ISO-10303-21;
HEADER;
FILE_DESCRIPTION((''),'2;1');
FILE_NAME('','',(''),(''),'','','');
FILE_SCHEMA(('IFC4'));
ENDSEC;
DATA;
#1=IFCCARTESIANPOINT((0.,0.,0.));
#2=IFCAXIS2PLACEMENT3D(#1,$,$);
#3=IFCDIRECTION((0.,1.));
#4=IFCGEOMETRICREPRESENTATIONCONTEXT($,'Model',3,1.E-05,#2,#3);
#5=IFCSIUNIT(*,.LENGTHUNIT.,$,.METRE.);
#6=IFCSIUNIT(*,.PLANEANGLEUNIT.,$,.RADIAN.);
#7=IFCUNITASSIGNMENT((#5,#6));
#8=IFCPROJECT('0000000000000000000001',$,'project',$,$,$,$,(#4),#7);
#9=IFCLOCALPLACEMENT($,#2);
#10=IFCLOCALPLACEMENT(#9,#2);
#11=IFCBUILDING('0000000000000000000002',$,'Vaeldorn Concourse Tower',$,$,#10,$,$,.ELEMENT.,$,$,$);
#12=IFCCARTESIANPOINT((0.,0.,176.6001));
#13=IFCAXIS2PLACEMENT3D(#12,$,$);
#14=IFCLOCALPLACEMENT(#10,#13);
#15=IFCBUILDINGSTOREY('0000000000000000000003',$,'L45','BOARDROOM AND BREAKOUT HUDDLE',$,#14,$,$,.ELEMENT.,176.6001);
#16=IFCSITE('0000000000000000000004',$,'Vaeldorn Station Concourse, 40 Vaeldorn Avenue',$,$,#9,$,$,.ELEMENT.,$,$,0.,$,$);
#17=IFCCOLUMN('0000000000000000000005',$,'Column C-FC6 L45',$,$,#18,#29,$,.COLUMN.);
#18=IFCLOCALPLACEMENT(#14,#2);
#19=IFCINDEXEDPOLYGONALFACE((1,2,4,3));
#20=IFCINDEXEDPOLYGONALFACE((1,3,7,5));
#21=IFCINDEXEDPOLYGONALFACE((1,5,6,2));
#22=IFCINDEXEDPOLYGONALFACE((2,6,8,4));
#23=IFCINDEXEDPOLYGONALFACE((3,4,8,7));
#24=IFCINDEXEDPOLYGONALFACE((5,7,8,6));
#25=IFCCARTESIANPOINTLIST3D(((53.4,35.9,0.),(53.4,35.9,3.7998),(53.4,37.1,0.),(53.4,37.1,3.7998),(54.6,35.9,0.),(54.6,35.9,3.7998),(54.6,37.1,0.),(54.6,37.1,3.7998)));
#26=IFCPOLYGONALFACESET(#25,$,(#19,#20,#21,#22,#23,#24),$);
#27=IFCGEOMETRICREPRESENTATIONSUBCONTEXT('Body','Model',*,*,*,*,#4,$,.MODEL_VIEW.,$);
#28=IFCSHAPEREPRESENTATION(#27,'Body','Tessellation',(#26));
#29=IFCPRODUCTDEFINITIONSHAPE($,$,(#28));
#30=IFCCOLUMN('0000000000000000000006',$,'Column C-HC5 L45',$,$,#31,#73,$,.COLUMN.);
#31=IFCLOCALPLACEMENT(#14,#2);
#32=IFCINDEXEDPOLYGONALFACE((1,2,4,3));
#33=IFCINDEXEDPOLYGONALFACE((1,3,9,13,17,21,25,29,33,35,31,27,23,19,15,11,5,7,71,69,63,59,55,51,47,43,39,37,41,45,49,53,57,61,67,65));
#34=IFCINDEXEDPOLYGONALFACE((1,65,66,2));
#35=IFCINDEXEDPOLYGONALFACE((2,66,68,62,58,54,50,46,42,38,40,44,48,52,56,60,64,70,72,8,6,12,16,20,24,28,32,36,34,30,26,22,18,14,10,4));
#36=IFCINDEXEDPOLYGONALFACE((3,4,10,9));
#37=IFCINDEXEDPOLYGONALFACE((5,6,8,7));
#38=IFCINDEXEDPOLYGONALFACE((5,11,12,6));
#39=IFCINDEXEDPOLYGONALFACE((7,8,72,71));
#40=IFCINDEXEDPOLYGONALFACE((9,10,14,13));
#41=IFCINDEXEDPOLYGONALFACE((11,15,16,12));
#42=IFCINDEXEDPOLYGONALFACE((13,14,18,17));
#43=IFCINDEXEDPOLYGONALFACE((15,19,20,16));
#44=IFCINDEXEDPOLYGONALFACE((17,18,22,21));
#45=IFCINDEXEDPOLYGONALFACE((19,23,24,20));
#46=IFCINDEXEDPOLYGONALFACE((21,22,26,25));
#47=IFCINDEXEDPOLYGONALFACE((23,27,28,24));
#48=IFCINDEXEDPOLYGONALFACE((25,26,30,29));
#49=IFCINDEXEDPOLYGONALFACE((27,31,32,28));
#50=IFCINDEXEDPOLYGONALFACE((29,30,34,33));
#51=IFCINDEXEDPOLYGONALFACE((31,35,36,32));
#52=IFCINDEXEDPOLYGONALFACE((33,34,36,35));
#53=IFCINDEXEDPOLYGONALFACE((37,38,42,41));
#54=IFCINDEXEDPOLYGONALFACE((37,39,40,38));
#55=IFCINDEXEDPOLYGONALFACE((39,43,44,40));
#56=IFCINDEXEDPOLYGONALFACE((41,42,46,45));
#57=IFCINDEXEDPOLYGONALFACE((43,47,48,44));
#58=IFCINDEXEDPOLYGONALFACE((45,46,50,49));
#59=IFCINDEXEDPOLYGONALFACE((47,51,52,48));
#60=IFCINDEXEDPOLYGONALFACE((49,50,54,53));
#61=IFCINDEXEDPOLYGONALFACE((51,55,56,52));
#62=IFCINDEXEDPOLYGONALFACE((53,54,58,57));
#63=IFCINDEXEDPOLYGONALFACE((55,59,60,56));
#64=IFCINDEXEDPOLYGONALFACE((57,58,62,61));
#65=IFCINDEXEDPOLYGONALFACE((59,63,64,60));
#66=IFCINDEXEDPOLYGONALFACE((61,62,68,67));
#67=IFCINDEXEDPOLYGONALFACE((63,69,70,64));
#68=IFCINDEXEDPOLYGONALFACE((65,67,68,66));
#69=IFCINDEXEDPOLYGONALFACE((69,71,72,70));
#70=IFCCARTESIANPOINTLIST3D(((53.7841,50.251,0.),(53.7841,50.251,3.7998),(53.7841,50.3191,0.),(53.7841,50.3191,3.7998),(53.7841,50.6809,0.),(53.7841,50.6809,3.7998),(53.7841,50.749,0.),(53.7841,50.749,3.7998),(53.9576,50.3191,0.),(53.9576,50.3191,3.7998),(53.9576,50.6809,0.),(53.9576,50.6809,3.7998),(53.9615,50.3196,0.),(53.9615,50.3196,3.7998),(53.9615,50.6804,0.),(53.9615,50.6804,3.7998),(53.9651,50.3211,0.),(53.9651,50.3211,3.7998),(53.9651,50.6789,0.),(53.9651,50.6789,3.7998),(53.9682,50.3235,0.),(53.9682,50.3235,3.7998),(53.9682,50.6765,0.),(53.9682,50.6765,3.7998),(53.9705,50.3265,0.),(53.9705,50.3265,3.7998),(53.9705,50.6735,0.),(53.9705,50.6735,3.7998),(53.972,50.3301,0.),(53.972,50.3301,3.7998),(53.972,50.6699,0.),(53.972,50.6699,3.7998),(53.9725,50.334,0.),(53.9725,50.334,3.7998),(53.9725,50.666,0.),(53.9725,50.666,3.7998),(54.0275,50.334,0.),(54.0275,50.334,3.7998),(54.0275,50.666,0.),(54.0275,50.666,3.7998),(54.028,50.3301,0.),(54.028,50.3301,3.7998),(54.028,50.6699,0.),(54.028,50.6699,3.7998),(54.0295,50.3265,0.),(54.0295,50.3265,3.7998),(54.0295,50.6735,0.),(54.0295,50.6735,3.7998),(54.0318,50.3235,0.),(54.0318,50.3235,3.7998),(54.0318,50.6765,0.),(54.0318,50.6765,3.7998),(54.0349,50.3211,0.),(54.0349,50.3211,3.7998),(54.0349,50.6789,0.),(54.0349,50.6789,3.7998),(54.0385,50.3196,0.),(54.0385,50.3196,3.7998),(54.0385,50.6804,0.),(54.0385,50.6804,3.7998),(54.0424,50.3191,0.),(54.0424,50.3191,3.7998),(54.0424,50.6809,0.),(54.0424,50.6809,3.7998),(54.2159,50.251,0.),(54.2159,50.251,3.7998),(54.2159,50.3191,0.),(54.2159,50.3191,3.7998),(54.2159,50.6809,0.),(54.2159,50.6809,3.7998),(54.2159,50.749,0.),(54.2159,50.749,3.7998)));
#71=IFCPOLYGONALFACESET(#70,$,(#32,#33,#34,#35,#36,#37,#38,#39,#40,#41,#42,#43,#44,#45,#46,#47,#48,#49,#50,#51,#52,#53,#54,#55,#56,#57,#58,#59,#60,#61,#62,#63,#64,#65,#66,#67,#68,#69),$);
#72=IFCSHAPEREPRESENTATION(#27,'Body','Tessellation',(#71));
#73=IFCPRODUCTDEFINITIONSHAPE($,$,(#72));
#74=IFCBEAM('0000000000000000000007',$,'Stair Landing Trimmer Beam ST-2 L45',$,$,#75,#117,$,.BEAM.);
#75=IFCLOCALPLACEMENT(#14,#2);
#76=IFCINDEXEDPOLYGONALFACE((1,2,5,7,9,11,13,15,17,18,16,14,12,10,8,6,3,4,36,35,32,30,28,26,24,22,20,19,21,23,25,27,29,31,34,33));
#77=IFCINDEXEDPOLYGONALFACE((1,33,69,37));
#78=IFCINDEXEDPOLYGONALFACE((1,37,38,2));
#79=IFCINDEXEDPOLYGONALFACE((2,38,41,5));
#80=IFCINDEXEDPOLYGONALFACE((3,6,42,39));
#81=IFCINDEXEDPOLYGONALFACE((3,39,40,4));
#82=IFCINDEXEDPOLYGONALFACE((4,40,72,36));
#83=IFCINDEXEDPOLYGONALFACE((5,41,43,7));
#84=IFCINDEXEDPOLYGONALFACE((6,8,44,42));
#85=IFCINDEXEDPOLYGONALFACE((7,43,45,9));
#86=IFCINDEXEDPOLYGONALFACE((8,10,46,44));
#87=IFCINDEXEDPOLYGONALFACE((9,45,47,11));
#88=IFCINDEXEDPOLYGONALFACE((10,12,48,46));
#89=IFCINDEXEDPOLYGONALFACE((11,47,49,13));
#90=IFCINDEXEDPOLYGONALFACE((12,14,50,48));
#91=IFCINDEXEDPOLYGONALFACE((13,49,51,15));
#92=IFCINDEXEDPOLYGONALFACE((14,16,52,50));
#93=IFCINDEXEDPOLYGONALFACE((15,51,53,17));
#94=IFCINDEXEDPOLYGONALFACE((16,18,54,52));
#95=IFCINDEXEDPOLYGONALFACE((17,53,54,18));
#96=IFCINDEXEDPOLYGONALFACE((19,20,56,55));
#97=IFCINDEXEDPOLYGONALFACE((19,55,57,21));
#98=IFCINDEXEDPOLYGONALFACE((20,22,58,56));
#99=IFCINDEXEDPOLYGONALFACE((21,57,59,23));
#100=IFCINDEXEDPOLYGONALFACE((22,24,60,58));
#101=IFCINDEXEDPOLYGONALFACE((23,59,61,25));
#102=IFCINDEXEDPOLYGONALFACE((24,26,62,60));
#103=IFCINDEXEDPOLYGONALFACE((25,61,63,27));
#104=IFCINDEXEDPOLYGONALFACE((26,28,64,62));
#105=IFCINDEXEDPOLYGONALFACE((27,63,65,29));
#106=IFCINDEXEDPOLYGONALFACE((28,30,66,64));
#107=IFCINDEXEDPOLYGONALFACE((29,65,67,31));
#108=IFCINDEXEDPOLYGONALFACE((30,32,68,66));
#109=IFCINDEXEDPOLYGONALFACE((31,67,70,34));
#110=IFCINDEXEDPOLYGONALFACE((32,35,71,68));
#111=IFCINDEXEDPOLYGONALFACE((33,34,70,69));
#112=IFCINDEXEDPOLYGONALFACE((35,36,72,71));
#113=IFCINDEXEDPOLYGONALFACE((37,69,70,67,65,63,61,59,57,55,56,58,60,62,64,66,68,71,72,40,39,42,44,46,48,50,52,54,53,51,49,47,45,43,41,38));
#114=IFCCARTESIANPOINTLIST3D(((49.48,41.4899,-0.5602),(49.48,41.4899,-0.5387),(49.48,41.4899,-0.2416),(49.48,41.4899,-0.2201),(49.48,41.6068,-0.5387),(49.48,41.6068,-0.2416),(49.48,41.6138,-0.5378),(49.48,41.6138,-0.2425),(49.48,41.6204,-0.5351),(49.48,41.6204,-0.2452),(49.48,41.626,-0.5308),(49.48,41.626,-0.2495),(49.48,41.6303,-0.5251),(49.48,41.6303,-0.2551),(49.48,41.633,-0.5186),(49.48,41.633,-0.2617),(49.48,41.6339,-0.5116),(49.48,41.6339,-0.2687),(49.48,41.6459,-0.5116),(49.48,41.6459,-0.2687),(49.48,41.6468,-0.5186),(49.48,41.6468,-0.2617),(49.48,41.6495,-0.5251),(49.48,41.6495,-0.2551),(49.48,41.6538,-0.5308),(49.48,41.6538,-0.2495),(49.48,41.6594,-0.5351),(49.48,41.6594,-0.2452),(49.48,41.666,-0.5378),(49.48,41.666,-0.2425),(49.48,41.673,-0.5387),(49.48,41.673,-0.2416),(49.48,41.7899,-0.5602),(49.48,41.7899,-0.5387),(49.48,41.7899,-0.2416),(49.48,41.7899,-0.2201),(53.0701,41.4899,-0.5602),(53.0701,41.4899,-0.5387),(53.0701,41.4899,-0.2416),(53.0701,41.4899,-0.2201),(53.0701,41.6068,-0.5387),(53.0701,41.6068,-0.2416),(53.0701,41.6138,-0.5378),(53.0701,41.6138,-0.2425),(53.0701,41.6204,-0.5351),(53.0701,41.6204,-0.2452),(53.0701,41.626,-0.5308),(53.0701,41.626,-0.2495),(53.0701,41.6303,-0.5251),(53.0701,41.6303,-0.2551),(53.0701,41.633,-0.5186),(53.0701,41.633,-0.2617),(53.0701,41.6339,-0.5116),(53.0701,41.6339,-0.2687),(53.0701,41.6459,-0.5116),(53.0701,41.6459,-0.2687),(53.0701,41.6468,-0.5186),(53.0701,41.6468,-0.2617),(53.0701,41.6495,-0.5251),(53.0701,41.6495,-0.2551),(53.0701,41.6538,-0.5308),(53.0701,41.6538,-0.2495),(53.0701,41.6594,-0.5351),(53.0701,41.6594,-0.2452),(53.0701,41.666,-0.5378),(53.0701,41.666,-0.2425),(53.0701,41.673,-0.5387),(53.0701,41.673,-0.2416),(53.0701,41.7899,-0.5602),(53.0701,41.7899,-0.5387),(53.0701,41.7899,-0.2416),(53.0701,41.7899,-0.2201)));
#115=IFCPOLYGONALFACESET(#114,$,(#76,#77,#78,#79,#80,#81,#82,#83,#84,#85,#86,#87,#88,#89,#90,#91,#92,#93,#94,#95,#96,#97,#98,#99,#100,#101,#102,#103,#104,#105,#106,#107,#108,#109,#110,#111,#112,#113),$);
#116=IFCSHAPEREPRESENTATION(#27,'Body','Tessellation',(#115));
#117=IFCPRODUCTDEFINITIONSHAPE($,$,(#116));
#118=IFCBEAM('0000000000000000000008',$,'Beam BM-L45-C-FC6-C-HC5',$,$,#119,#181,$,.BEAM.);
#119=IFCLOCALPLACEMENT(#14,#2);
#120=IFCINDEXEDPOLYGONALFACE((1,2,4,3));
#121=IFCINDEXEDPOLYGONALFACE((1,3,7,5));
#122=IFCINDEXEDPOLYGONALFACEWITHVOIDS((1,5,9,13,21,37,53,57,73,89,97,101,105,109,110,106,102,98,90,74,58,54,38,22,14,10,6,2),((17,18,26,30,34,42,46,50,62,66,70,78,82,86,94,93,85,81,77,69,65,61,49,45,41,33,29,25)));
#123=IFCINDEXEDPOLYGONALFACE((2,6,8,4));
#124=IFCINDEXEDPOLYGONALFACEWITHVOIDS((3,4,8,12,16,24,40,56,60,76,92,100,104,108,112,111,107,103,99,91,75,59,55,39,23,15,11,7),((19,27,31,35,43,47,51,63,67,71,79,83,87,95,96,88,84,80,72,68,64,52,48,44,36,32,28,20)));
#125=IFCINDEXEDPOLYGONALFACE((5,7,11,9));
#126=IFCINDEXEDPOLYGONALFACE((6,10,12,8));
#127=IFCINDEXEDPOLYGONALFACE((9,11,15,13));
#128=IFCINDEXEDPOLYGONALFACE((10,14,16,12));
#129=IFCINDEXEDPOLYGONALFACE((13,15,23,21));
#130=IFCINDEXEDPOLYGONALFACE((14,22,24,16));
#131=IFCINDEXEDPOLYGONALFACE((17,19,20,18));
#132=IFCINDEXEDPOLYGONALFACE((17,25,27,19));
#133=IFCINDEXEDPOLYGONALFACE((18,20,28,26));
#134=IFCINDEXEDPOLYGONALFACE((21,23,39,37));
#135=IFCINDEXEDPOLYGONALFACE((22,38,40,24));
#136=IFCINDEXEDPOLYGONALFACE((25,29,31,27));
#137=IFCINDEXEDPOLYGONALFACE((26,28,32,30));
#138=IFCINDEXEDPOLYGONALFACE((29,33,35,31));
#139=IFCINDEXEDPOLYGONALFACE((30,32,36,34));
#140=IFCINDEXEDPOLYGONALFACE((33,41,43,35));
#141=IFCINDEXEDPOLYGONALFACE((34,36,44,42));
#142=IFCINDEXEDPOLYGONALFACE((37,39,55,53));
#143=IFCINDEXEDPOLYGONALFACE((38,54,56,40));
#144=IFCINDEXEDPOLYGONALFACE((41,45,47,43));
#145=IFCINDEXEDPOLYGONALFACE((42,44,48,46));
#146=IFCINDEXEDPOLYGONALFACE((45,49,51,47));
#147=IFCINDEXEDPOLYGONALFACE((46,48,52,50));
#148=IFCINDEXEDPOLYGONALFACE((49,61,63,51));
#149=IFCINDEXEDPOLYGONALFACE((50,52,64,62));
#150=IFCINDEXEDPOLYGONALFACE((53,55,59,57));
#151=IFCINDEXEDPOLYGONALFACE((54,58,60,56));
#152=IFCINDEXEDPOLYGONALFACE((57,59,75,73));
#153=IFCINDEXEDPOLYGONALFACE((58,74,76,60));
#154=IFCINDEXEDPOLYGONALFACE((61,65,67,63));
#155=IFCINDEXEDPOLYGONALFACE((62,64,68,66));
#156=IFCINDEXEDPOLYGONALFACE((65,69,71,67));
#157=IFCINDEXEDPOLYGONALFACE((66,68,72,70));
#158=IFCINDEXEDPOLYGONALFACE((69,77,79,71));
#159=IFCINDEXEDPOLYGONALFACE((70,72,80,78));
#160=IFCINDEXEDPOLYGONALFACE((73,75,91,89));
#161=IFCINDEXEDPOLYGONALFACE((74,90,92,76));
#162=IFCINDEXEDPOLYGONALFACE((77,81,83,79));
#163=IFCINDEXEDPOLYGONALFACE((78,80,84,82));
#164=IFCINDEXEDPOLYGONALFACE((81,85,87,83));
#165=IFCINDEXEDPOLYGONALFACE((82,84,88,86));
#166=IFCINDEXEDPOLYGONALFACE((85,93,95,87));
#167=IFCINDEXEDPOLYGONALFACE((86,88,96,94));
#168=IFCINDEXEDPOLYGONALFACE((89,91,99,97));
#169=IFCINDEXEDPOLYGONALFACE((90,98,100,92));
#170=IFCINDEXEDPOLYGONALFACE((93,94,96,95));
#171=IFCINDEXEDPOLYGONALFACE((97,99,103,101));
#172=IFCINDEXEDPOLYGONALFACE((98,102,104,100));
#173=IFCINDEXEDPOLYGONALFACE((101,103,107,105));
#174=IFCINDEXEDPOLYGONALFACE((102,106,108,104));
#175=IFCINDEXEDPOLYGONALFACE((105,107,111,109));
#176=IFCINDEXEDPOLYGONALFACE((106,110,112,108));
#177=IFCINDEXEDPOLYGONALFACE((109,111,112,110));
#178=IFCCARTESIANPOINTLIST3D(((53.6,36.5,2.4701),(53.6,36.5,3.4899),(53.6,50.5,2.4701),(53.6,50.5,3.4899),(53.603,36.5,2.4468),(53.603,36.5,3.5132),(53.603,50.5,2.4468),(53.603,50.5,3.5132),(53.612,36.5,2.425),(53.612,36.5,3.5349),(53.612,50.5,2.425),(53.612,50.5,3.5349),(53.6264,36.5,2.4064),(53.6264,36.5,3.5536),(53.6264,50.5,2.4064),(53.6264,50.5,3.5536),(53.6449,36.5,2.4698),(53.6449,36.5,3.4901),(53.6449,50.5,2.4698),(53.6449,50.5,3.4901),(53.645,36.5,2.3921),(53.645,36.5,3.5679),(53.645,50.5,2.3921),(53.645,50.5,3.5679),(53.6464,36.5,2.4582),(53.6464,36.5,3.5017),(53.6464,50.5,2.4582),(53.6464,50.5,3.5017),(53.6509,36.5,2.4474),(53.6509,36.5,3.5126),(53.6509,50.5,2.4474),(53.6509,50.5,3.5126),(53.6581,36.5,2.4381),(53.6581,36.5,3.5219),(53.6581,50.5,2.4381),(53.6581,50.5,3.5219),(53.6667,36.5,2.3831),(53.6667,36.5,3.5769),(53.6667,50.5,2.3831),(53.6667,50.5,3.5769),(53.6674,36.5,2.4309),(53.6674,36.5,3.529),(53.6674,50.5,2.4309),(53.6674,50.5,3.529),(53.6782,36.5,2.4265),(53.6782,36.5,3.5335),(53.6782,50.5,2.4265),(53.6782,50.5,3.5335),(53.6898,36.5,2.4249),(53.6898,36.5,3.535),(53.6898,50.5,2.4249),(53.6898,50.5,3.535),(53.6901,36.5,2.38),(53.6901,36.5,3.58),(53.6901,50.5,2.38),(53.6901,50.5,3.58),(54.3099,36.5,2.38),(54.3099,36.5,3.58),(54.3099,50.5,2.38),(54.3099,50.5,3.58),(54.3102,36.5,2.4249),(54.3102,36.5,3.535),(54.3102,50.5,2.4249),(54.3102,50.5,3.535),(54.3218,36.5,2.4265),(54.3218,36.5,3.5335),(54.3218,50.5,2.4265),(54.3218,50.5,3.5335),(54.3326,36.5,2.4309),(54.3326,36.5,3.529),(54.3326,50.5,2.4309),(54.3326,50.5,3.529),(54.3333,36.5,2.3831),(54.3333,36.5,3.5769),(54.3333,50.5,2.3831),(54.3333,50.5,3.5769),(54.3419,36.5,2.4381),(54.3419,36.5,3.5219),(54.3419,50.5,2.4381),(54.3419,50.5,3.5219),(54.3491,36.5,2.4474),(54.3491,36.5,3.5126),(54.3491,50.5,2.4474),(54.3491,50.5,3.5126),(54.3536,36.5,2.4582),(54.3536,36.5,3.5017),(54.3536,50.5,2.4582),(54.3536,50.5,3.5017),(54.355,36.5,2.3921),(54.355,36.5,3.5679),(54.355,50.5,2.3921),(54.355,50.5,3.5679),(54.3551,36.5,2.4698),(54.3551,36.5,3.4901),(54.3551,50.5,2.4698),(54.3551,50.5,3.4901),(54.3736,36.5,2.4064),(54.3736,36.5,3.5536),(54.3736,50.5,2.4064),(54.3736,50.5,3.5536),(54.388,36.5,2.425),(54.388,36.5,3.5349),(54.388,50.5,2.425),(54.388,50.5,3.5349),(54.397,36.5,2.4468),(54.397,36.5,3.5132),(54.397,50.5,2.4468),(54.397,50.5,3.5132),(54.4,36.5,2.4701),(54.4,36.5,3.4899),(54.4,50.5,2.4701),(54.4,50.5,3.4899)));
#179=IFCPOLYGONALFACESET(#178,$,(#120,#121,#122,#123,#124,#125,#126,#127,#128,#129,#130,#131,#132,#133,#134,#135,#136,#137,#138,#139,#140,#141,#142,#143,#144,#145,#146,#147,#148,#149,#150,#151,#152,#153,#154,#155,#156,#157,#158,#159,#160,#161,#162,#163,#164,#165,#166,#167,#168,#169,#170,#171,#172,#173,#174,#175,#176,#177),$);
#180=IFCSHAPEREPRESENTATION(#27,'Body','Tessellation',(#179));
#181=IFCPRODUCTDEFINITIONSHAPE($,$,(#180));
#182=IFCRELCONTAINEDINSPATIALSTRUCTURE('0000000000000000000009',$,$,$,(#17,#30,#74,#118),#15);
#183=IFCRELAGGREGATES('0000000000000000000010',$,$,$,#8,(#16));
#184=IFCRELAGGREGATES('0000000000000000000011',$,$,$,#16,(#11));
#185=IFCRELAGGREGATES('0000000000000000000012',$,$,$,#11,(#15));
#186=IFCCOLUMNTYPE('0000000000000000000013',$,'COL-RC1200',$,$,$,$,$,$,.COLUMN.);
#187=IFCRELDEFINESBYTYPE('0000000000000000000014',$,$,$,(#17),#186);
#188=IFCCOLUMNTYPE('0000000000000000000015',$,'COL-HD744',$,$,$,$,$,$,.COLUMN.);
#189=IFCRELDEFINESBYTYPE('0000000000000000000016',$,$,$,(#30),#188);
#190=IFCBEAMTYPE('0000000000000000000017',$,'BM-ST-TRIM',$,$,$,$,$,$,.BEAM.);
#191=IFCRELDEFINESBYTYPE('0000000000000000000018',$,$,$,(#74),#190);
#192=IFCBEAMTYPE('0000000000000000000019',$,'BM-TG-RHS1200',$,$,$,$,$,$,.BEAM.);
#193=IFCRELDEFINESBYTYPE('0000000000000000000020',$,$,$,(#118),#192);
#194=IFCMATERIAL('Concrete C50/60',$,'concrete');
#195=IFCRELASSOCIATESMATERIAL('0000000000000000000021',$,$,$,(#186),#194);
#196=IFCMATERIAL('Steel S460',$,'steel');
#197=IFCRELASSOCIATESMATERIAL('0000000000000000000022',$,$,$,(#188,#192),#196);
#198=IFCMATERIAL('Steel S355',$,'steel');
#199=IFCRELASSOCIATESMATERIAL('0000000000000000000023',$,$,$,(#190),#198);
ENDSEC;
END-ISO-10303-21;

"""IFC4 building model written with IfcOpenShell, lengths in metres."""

from ifc_helpers import new_model, si_unit, direction, frame, origin, origin_2d, place, context, subcontext, project, spatial, rectangle, hollow_rectangle, i_section, extrude, source, transform, mapped, material, material_profile, profile_set, type_object, element, save


model = new_model("IFC4")

# Units and contexts
model_context = context("Model", 3, precision=1e-05, world=origin(), true_north=direction((0.0, 1.0)))
body_context = subcontext(model_context, "Body", "Model", "MODEL_VIEW")
ifc_project = project(units=[si_unit("LENGTHUNIT", "METRE"), si_unit("PLANEANGLEUNIT", "RADIAN")], contexts=[model_context])

# Site, building, storey
site_placement = place(None, origin())
site = spatial("IfcSite", under=ifc_project, at=site_placement, Name="Vaeldorn Station Concourse, 40 Vaeldorn Avenue", CompositionType="ELEMENT", RefElevation=0.0)
building_placement = place(site_placement, origin())
building = spatial("IfcBuilding", under=site, at=building_placement, Name="Vaeldorn Concourse Tower", CompositionType="ELEMENT")
storey_placement = place(building_placement, frame((0.0, 0.0, 176.6001)))
storey = spatial("IfcBuildingStorey", under=building, at=storey_placement, Name="L45", Description="BOARDROOM AND BREAKOUT HUDDLE", CompositionType="ELEMENT", Elevation=176.6001)

# Columns
ifc_material_1 = material(Name="Concrete C50/60", Category="concrete")
ifc_material_profile_1 = material_profile(ifc_material_1, rectangle(XDim=1.2, YDim=1.2, at=origin_2d()), Name="RC 1200x1200")
ifc_profile_set_1 = profile_set([ifc_material_profile_1], Name="Concrete C50/60")
column_type_1 = type_object("IfcColumnType", Name="COL-RC1200", PredefinedType="COLUMN", material=ifc_profile_set_1)
shared_shape_1 = source(origin(), body_context, "Body", "SweptSolid", [
    extrude(rectangle(XDim=1.2, YDim=1.2, at=origin_2d()), origin(), (0.0, 0.0, 1.0), 3.7998),
])
column_1_placement = place(storey_placement, frame((54.0, 36.5, 0.0), z_axis=(0.0, 0.0, 1.0), x_axis=(1.0, 0.0, 0.0)))
element("IfcColumn", 1, at=column_1_placement, inside=storey, type_object=column_type_1, Name="Column C-FC6 L45", PredefinedType="COLUMN", context=body_context, shape_type="MappedRepresentation", body=[
    mapped(shared_shape_1, transform((0.0, 0.0, 0.0), scale=1.0)),
])
ifc_material_2 = material(Name="Steel S460", Category="steel")
ifc_material_profile_2 = material_profile(ifc_material_2, i_section(OverallWidth=0.4319, OverallDepth=0.498, WebThickness=0.0549, FlangeThickness=0.0681, FilletRadius=0.0149, at=origin_2d()), Name="HD 400x744")
ifc_profile_set_2 = profile_set([ifc_material_profile_2], Name="Steel S460")
column_type_2 = type_object("IfcColumnType", Name="COL-HD744", PredefinedType="COLUMN", material=ifc_profile_set_2)
shared_shape_2 = source(origin(), body_context, "Body", "SweptSolid", [
    extrude(i_section(OverallWidth=0.4319, OverallDepth=0.498, WebThickness=0.0549, FlangeThickness=0.0681, FilletRadius=0.0149, at=origin_2d()), origin(), (0.0, 0.0, 1.0), 3.7998),
])
column_2_placement = place(storey_placement, frame((54.0, 50.5, 0.0), z_axis=(0.0, 0.0, 1.0), x_axis=(1.0, 0.0, 0.0)))
element("IfcColumn", 2, at=column_2_placement, inside=storey, type_object=column_type_2, Name="Column C-HC5 L45", PredefinedType="COLUMN", context=body_context, shape_type="MappedRepresentation", body=[
    mapped(shared_shape_2, transform((0.0, 0.0, 0.0), scale=1.0)),
])

# Beams
ifc_material_3 = material(Name="Steel S355", Category="steel")
ifc_material_profile_3 = material_profile(ifc_material_3, i_section(OverallWidth=0.3, OverallDepth=0.3401, WebThickness=0.012, FlangeThickness=0.0215, FilletRadius=0.0271, at=origin_2d()), Name="HEB 340")
ifc_profile_set_3 = profile_set([ifc_material_profile_3], Name="Steel S355")
beam_type_1 = type_object("IfcBeamType", Name="BM-ST-TRIM", PredefinedType="BEAM", material=ifc_profile_set_3)
shared_shape_3 = source(origin(), body_context, "Body", "SweptSolid", [
    extrude(i_section(OverallWidth=0.3, OverallDepth=0.3401, WebThickness=0.012, FlangeThickness=0.0215, FilletRadius=0.0271, at=origin_2d()), origin(), (0.0, 0.0, 1.0), 3.5901),
])
beam_1_placement = place(storey_placement, frame((49.48, 41.6399, -0.3901), z_axis=(1.0, 0.0, 0.0), x_axis=(0.0, 1.0, 0.0)))
element("IfcBeam", 3, at=beam_1_placement, inside=storey, type_object=beam_type_1, Name="Stair Landing Trimmer Beam ST-2 L45", PredefinedType="BEAM", context=body_context, shape_type="MappedRepresentation", body=[
    mapped(shared_shape_3, transform((0.0, 0.0, 0.0), scale=1.0)),
])
ifc_material_profile_4 = material_profile(ifc_material_2, hollow_rectangle(XDim=0.8, YDim=1.2, WallThickness=0.0449, InnerFilletRadius=0.0449, OuterFilletRadius=0.0901, at=origin_2d()), Name="RHS 1200x800x45")
ifc_profile_set_4 = profile_set([ifc_material_profile_4], Name="Steel S460")
beam_type_2 = type_object("IfcBeamType", Name="BM-TG-RHS1200", PredefinedType="BEAM", material=ifc_profile_set_4)
shared_shape_4 = source(origin(), body_context, "Body", "SweptSolid", [
    extrude(hollow_rectangle(XDim=0.8, YDim=1.2, WallThickness=0.0449, InnerFilletRadius=0.0449, OuterFilletRadius=0.0901, at=origin_2d()), origin(), (0.0, 0.0, 1.0), 14.0),
])
beam_2_placement = place(storey_placement, frame((54.0, 36.5, 2.98), z_axis=(0.0, 1.0, 0.0), x_axis=(-1.0, 0.0, 0.0)))
element("IfcBeam", 4, at=beam_2_placement, inside=storey, type_object=beam_type_2, Name="Beam BM-L45-C-FC6-C-HC5", PredefinedType="BEAM", context=body_context, shape_type="MappedRepresentation", body=[
    mapped(shared_shape_4, transform((0.0, 0.0, 0.0), scale=1.0)),
])

save(model, "model.ifc")
